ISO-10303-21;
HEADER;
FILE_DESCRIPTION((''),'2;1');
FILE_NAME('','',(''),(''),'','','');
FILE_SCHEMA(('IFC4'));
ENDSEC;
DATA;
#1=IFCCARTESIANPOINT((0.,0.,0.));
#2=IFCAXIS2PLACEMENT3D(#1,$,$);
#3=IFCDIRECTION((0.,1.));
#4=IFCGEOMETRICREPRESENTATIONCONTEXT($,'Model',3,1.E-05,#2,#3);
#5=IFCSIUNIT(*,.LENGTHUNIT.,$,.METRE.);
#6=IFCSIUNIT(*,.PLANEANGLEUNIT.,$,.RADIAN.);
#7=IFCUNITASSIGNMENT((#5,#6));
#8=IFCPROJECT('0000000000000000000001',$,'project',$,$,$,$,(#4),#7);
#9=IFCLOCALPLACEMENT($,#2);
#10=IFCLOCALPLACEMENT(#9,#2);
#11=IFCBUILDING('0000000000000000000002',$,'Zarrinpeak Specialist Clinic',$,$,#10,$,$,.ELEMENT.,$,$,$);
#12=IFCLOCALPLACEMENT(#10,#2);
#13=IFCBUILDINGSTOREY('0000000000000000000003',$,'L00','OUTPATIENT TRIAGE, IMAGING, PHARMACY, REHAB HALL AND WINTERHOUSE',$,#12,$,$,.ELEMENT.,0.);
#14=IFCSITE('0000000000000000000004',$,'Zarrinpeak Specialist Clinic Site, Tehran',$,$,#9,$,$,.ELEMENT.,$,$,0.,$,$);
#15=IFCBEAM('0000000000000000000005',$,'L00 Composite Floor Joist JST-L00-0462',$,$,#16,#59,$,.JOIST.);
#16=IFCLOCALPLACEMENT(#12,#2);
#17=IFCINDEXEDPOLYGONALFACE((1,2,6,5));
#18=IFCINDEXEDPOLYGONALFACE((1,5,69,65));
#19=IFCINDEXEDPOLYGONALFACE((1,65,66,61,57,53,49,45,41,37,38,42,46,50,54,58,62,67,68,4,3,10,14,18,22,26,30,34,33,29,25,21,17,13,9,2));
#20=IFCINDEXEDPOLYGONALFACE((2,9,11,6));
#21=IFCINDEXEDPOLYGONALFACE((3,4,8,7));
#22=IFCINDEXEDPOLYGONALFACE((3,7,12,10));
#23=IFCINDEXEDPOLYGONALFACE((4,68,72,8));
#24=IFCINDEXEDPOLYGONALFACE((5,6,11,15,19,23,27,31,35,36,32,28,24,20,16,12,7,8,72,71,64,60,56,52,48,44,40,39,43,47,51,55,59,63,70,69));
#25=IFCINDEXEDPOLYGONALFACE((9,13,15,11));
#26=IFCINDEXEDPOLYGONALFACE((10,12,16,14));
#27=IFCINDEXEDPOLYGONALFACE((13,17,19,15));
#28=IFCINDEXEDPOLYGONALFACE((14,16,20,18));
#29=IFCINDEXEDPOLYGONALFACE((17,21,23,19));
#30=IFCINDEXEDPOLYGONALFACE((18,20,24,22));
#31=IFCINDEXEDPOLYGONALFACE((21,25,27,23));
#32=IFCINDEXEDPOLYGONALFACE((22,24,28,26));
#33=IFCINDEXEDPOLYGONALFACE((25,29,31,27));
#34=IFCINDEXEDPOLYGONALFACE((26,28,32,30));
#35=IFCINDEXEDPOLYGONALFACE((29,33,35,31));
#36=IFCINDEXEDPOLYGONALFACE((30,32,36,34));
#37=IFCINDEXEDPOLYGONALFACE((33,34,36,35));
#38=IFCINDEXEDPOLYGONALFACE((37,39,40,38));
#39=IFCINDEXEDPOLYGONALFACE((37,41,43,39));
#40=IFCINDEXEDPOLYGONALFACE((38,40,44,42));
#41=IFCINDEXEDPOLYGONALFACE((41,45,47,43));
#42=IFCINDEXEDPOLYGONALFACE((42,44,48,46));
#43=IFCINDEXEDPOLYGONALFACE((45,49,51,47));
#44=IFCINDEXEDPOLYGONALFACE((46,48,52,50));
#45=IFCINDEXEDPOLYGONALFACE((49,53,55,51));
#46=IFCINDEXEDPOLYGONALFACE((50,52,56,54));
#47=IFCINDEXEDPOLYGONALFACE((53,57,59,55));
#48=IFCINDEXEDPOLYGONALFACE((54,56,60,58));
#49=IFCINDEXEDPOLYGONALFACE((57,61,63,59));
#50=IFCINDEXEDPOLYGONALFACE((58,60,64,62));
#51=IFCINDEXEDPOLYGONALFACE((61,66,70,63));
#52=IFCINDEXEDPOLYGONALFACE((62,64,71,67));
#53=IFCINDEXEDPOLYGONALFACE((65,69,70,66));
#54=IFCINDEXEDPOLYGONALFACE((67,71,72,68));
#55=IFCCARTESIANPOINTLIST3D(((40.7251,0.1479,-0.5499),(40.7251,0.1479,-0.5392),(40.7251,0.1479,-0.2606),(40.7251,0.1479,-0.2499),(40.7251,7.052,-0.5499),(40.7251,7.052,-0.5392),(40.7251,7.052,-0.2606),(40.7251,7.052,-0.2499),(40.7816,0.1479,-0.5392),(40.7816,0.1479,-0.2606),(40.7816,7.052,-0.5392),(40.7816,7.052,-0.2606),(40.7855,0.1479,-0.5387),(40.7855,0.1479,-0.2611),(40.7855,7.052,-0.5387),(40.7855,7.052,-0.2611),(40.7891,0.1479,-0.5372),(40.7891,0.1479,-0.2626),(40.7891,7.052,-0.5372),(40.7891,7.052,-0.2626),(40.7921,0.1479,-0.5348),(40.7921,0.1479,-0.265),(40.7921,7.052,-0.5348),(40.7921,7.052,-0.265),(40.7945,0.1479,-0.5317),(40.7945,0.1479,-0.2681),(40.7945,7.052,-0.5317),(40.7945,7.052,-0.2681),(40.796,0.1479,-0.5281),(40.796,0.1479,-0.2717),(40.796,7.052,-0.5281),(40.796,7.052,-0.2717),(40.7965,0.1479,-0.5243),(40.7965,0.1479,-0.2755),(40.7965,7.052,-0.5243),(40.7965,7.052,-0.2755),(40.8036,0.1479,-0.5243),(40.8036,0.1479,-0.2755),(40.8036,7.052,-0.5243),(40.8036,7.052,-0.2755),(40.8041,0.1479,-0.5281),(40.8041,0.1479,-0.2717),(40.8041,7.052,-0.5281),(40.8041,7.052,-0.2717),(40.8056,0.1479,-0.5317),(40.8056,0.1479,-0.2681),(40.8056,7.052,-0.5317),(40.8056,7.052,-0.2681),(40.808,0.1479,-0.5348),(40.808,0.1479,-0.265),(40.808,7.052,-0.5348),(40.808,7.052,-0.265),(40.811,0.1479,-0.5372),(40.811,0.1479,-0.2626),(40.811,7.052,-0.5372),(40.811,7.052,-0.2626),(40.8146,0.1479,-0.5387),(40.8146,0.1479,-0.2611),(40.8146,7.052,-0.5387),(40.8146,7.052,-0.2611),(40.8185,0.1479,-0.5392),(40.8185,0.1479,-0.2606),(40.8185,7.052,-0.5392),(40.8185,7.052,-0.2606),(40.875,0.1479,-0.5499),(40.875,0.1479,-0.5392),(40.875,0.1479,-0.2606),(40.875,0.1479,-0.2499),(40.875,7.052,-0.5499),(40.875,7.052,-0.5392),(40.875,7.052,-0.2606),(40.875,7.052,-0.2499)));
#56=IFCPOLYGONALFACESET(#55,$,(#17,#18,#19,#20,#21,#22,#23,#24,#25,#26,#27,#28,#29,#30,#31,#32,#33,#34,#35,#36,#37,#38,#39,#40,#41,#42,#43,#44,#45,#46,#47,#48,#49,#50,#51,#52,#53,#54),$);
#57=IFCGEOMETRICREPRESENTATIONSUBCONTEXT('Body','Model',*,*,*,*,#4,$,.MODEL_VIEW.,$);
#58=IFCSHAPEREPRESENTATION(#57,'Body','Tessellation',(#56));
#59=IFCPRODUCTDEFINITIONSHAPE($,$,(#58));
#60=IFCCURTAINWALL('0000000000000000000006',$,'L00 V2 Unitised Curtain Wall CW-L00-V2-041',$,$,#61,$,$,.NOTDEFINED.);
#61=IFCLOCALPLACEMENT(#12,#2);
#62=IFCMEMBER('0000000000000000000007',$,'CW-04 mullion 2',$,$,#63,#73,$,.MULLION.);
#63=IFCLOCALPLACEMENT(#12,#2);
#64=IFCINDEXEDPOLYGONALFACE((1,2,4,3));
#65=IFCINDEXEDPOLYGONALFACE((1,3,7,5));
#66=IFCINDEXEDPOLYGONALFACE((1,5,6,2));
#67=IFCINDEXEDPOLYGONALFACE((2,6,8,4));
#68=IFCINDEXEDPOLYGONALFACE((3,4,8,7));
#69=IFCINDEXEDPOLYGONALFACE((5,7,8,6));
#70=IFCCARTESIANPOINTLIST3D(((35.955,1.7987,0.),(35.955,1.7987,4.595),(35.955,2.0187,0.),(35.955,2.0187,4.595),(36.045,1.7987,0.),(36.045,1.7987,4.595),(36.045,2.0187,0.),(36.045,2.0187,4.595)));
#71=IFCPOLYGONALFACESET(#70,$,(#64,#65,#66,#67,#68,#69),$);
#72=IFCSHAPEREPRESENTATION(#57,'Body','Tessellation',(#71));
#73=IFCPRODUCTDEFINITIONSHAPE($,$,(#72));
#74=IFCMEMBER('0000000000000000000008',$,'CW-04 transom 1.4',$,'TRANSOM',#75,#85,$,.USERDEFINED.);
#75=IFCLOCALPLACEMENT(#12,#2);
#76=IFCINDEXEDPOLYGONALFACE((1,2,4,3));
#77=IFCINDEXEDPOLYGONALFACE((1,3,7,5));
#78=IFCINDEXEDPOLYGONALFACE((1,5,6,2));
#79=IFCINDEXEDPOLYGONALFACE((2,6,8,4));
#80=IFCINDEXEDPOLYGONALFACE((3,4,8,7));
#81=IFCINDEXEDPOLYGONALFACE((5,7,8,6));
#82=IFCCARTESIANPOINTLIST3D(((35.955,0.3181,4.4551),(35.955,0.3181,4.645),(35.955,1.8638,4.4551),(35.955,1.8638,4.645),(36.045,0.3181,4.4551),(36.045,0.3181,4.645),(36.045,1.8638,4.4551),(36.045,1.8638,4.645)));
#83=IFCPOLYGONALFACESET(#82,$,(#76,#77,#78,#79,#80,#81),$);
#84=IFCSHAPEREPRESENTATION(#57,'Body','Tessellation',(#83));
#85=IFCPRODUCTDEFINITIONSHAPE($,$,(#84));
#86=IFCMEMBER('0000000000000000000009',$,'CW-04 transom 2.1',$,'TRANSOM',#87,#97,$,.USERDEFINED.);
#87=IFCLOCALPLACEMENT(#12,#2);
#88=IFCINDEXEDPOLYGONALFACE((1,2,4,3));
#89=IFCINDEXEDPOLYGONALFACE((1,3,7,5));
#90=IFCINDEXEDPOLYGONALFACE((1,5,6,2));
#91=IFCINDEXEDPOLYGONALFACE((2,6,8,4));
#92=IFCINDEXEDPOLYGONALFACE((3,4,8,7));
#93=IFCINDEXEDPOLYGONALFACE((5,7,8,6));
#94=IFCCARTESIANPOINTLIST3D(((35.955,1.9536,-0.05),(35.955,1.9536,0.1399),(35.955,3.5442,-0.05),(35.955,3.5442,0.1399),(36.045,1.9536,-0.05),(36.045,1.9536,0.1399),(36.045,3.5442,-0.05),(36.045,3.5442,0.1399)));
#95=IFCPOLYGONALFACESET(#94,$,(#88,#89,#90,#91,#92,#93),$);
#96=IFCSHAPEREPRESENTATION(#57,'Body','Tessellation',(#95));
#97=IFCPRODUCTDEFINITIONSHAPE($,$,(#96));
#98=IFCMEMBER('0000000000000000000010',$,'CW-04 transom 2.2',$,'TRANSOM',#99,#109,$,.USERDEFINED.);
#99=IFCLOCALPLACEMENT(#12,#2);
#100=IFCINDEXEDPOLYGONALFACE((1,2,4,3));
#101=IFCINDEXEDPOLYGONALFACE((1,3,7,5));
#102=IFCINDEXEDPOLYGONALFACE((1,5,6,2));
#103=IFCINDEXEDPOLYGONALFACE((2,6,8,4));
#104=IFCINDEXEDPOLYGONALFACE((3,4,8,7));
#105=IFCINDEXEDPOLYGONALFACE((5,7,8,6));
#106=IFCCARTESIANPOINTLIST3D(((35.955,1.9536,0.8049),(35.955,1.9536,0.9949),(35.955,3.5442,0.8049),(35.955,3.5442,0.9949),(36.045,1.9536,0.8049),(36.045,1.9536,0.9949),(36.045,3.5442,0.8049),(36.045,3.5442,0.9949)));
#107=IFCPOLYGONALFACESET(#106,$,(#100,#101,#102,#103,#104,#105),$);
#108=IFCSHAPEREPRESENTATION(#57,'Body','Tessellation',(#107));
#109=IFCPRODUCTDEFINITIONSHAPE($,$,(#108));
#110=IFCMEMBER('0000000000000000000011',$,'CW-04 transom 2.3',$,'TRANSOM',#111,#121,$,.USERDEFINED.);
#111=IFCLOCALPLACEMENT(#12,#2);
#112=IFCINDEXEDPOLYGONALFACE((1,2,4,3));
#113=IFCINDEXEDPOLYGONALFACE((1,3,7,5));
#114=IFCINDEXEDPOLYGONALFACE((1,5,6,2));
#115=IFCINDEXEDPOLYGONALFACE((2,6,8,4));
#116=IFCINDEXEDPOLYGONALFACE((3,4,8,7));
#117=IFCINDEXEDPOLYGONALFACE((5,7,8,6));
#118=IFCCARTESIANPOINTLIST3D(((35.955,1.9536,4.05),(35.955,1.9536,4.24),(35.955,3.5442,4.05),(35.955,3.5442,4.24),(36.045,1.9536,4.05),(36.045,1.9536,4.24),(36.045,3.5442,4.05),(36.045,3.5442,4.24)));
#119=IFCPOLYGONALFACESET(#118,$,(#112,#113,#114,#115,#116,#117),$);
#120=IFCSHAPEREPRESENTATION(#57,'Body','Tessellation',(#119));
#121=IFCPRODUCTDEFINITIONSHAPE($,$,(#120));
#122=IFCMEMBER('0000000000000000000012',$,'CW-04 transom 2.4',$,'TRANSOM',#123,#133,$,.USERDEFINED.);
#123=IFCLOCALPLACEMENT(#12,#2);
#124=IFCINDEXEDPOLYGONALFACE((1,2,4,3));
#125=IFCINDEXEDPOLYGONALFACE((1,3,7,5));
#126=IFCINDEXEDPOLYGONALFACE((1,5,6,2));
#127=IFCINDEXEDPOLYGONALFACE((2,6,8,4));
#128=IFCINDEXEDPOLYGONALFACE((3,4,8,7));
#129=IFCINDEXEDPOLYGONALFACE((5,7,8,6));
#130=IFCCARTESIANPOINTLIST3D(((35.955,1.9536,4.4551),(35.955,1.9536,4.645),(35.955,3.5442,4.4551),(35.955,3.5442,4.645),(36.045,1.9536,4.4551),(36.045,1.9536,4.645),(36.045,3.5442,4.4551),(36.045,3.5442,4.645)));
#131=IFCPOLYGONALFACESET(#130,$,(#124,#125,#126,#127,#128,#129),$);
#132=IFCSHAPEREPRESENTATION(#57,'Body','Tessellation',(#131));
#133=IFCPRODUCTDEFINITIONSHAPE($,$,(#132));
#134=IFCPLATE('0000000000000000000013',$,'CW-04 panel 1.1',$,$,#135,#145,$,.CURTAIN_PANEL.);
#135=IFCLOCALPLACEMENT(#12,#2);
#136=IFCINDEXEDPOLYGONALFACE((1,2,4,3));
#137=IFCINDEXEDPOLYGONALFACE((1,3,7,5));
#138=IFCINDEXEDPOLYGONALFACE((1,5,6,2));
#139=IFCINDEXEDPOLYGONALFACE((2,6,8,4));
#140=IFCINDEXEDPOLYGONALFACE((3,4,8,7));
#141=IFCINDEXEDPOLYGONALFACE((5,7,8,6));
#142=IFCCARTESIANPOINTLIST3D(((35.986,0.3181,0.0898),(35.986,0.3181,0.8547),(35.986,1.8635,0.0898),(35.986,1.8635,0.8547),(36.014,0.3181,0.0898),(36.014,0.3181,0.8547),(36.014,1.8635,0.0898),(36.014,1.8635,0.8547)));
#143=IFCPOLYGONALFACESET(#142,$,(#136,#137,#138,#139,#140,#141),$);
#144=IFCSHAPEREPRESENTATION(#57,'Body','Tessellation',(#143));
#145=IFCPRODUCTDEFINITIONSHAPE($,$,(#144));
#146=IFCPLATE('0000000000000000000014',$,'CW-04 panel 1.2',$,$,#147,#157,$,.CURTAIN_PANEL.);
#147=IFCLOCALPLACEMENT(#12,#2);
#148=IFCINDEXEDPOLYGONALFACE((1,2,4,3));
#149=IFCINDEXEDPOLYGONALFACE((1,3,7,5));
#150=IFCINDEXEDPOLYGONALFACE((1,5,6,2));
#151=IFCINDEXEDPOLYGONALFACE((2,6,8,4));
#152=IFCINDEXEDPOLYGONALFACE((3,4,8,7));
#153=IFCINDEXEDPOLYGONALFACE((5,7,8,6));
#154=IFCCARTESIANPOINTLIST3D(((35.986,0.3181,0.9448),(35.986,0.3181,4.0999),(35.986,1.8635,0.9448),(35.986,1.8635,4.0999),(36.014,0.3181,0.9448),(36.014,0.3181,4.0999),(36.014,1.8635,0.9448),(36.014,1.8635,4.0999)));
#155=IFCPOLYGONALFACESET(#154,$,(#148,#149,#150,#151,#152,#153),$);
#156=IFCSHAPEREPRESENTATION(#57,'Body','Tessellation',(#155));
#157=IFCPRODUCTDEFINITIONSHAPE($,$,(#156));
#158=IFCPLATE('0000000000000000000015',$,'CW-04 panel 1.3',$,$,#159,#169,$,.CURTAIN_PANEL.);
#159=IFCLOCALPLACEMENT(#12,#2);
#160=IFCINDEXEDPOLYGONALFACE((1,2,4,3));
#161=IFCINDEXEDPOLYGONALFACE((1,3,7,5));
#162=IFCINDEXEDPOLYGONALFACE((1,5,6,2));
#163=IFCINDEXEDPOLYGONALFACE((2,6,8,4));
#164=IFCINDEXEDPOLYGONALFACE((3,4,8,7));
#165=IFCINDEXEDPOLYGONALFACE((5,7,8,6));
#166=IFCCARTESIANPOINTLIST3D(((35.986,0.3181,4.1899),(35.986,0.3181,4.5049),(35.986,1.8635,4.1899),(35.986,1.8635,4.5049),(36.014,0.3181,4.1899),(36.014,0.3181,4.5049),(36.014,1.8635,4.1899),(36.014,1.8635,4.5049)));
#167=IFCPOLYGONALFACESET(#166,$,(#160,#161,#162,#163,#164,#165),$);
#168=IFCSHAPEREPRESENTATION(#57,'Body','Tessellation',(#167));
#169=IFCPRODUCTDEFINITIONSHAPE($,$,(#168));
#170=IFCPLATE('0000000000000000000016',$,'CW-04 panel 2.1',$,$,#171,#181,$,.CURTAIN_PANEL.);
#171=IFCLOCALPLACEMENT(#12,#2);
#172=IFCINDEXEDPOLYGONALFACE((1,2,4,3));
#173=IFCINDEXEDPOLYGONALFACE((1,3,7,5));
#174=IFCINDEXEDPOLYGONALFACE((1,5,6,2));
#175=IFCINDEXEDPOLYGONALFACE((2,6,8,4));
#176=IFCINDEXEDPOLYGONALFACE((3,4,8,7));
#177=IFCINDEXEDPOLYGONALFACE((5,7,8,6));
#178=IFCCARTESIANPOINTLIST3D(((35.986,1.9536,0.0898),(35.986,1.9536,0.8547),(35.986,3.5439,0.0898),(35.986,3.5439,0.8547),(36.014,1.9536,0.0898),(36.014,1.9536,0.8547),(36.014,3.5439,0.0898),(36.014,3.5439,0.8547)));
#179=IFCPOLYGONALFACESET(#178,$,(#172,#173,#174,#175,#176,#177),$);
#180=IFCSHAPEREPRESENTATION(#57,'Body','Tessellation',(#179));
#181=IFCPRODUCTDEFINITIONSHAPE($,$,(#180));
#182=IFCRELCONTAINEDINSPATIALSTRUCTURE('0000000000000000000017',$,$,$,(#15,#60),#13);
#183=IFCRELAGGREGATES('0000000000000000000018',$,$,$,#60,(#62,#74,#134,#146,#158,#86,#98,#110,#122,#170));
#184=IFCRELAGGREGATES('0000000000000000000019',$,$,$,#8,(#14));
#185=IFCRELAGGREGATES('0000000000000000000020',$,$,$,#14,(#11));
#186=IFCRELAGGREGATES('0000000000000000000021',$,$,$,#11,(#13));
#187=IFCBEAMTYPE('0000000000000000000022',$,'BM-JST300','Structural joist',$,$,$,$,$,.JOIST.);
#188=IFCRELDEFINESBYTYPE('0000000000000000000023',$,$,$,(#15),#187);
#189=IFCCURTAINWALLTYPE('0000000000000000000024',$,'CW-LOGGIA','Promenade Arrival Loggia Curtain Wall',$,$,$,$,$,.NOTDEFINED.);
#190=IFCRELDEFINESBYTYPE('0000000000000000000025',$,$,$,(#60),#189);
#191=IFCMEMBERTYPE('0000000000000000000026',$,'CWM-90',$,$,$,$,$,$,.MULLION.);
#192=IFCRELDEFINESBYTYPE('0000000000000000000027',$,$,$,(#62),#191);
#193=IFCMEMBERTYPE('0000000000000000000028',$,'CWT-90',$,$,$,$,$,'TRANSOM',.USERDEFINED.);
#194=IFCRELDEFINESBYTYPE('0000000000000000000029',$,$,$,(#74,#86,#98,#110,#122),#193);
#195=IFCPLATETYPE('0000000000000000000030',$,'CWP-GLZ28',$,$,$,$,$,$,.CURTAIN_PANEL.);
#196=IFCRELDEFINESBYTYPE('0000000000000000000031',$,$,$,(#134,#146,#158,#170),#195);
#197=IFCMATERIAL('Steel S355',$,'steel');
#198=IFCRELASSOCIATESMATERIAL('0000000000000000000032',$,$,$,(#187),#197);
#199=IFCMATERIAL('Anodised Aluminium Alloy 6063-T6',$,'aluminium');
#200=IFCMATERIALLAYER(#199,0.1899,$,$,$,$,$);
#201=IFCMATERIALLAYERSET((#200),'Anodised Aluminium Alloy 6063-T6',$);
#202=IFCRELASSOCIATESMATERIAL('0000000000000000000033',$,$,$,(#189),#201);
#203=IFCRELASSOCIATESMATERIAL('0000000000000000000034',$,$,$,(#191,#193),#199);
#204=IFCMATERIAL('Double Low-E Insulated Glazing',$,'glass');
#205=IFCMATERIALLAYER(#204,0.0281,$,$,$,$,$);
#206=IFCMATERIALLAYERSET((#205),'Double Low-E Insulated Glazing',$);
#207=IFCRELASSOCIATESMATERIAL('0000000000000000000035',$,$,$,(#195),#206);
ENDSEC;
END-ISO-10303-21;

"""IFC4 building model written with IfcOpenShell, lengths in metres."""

from ifc_helpers import new_model, si_unit, direction, frame, origin, origin_2d, place, context, subcontext, project, spatial, rectangle, i_section, extrude, material, layer, layer_set, material_profile, profile_set, type_object, element, aggregate, save


model = new_model("IFC4")

# Units and contexts
model_context = context("Model", 3, precision=1e-05, world=origin(), true_north=direction((0.0, 1.0)))
body_context = subcontext(model_context, "Body", "Model", "MODEL_VIEW")
ifc_project = project(units=[si_unit("LENGTHUNIT", "METRE"), si_unit("PLANEANGLEUNIT", "RADIAN")], contexts=[model_context])

# Site, building, storey
site_placement = place(None, origin())
site = spatial("IfcSite", under=ifc_project, at=site_placement, Name="Zarrinpeak Specialist Clinic Site, Tehran", CompositionType="ELEMENT", RefElevation=0.0)
building_placement = place(site_placement, origin())
building = spatial("IfcBuilding", under=site, at=building_placement, Name="Zarrinpeak Specialist Clinic", CompositionType="ELEMENT")
storey_placement = place(building_placement, origin())
storey = spatial("IfcBuildingStorey", under=building, at=storey_placement, Name="L00", Description="OUTPATIENT TRIAGE, IMAGING, PHARMACY, REHAB HALL AND WINTERHOUSE", CompositionType="ELEMENT", Elevation=0.0)

# Shared definitions
ifc_material_1 = material(Name="Steel S355", Category="steel")

# Beam
ifc_material_profile_1 = material_profile(ifc_material_1, i_section(OverallWidth=0.1499, OverallDepth=0.3, WebThickness=0.0071, FlangeThickness=0.0107, FilletRadius=0.0149, at=origin_2d()), Name="IPE 300")
ifc_profile_set_1 = profile_set([ifc_material_profile_1], Name="Steel S355")
beam_type_1 = type_object("IfcBeamType", Name="BM-JST300", Description="Structural joist", PredefinedType="JOIST", material=ifc_profile_set_1)
for number, where, z_axis, x_axis, name in (
    (1, (40.8, 0.1479, -0.3999), (0.0, 1.0, 0.0), (-1.0, 0.0, 0.0), "L00 Composite Floor Joist JST-L00-0462"),
):
    element("IfcBeam", number, at=place(storey_placement, frame(where, z_axis=z_axis, x_axis=x_axis)), inside=storey, type_object=beam_type_1, Name=name, PredefinedType="JOIST", context=body_context, shape_type="SweptSolid", body=[
        extrude(i_section(OverallWidth=0.1499, OverallDepth=0.3, WebThickness=0.0071, FlangeThickness=0.0107, FilletRadius=0.0149, at=origin_2d()), origin(), (0.0, 0.0, 1.0), 6.9041),
    ])

# Curtain wall, members, plates
ifc_material_2 = material(Name="Anodised Aluminium Alloy 6063-T6", Category="aluminium")
ifc_layer_1 = layer(ifc_material_2, 0.1899)
ifc_layer_set_1 = layer_set([ifc_layer_1], Name="Anodised Aluminium Alloy 6063-T6")
curtain_wall_type = type_object("IfcCurtainWallType", Name="CW-LOGGIA", Description="Promenade Arrival Loggia Curtain Wall", PredefinedType="NOTDEFINED", material=ifc_layer_set_1)
curtain_wall_placement = place(storey_placement, origin())
curtain_wall = element("IfcCurtainWall", 2, at=curtain_wall_placement, inside=storey, type_object=curtain_wall_type, Name="L00 V2 Unitised Curtain Wall CW-L00-V2-041", PredefinedType="NOTDEFINED")
ifc_material_profile_2 = material_profile(ifc_material_2, rectangle(XDim=0.0901, YDim=0.22, at=origin_2d()), Name="ALU 90x220")
ifc_profile_set_2 = profile_set([ifc_material_profile_2], Name="Anodised Aluminium Alloy 6063-T6")
member_type_1 = type_object("IfcMemberType", Name="CWM-90", PredefinedType="MULLION", material=ifc_profile_set_2)
member_1_placement = place(storey_placement, frame((36.0, 1.9087, 0.0), z_axis=(0.0, 0.0, 1.0), x_axis=(-1.0, 0.0, 0.0)))
member_1 = element("IfcMember", 3, at=member_1_placement, type_object=member_type_1, Name="CW-04 mullion 2", PredefinedType="MULLION", context=body_context, shape_type="SweptSolid", body=[
    extrude(rectangle(XDim=0.0901, YDim=0.22, at=origin_2d()), origin(), (0.0, 0.0, 1.0), 4.595),
])
ifc_material_profile_3 = material_profile(ifc_material_2, rectangle(XDim=0.0901, YDim=0.1899, at=origin_2d()), Name="ALU 90x190")
ifc_profile_set_3 = profile_set([ifc_material_profile_3], Name="Anodised Aluminium Alloy 6063-T6")
member_type_2 = type_object("IfcMemberType", Name="CWT-90", ElementType="TRANSOM", PredefinedType="USERDEFINED", material=ifc_profile_set_3)
member_2_placement = place(storey_placement, frame((36.0, 0.3181, 4.55), z_axis=(0.0, 1.0, 0.0), x_axis=(-1.0, 0.0, 0.0)))
member_2 = element("IfcMember", 4, at=member_2_placement, type_object=member_type_2, Name="CW-04 transom 1.4", ObjectType="TRANSOM", PredefinedType="USERDEFINED", context=body_context, shape_type="SweptSolid", body=[
    extrude(rectangle(XDim=0.0901, YDim=0.1899, at=origin_2d()), origin(), (0.0, 0.0, 1.0), 1.5457),
])
member_3_placement = place(storey_placement, frame((36.0, 1.9536, 0.0449), z_axis=(0.0, 1.0, 0.0), x_axis=(-1.0, 0.0, 0.0)))
member_3 = element("IfcMember", 5, at=member_3_placement, type_object=member_type_2, Name="CW-04 transom 2.1", ObjectType="TRANSOM", PredefinedType="USERDEFINED", context=body_context, shape_type="SweptSolid", body=[
    extrude(rectangle(XDim=0.0901, YDim=0.1899, at=origin_2d()), origin(), (0.0, 0.0, 1.0), 1.5906),
])
member_4_placement = place(storey_placement, frame((36.0, 1.9536, 0.8999), z_axis=(0.0, 1.0, 0.0), x_axis=(-1.0, 0.0, 0.0)))
member_4 = element("IfcMember", 6, at=member_4_placement, type_object=member_type_2, Name="CW-04 transom 2.2", ObjectType="TRANSOM", PredefinedType="USERDEFINED", context=body_context, shape_type="SweptSolid", body=[
    extrude(rectangle(XDim=0.0901, YDim=0.1899, at=origin_2d()), origin(), (0.0, 0.0, 1.0), 1.5906),
])
member_5_placement = place(storey_placement, frame((36.0, 1.9536, 4.145), z_axis=(0.0, 1.0, 0.0), x_axis=(-1.0, 0.0, 0.0)))
member_5 = element("IfcMember", 7, at=member_5_placement, type_object=member_type_2, Name="CW-04 transom 2.3", ObjectType="TRANSOM", PredefinedType="USERDEFINED", context=body_context, shape_type="SweptSolid", body=[
    extrude(rectangle(XDim=0.0901, YDim=0.1899, at=origin_2d()), origin(), (0.0, 0.0, 1.0), 1.5906),
])
member_6_placement = place(storey_placement, frame((36.0, 1.9536, 4.55), z_axis=(0.0, 1.0, 0.0), x_axis=(-1.0, 0.0, 0.0)))
member_6 = element("IfcMember", 8, at=member_6_placement, type_object=member_type_2, Name="CW-04 transom 2.4", ObjectType="TRANSOM", PredefinedType="USERDEFINED", context=body_context, shape_type="SweptSolid", body=[
    extrude(rectangle(XDim=0.0901, YDim=0.1899, at=origin_2d()), origin(), (0.0, 0.0, 1.0), 1.5906),
])
ifc_material_3 = material(Name="Double Low-E Insulated Glazing", Category="glass")
ifc_layer_2 = layer(ifc_material_3, 0.0281)
ifc_layer_set_2 = layer_set([ifc_layer_2], Name="Double Low-E Insulated Glazing")
plate_type_1 = type_object("IfcPlateType", Name="CWP-GLZ28", PredefinedType="CURTAIN_PANEL", material=ifc_layer_set_2)
plate_1_placement = place(storey_placement, frame((36.0, 1.0908, 0.0898), z_axis=(0.0, 0.0, 1.0), x_axis=(0.0, 1.0, 0.0)))
plate_1 = element("IfcPlate", 9, at=plate_1_placement, type_object=plate_type_1, Name="CW-04 panel 1.1", PredefinedType="CURTAIN_PANEL", context=body_context, shape_type="SweptSolid", body=[
    extrude(rectangle(XDim=1.5454, YDim=0.0281, at=origin_2d()), origin(), (0.0, 0.0, 1.0), 0.7649),
])
plate_2_placement = place(storey_placement, frame((36.0, 1.0908, 0.9448), z_axis=(0.0, 0.0, 1.0), x_axis=(0.0, 1.0, 0.0)))
plate_2 = element("IfcPlate", 10, at=plate_2_placement, type_object=plate_type_1, Name="CW-04 panel 1.2", PredefinedType="CURTAIN_PANEL", context=body_context, shape_type="SweptSolid", body=[
    extrude(rectangle(XDim=1.5454, YDim=0.0281, at=origin_2d()), origin(), (0.0, 0.0, 1.0), 3.155),
])
plate_3_placement = place(storey_placement, frame((36.0, 1.0908, 4.1899), z_axis=(0.0, 0.0, 1.0), x_axis=(0.0, 1.0, 0.0)))
plate_3 = element("IfcPlate", 11, at=plate_3_placement, type_object=plate_type_1, Name="CW-04 panel 1.3", PredefinedType="CURTAIN_PANEL", context=body_context, shape_type="SweptSolid", body=[
    extrude(rectangle(XDim=1.5454, YDim=0.0281, at=origin_2d()), origin(), (0.0, 0.0, 1.0), 0.3149),
])
plate_4_placement = place(storey_placement, frame((36.0, 2.7488, 0.0898), z_axis=(0.0, 0.0, 1.0), x_axis=(0.0, 1.0, 0.0)))
plate_4 = element("IfcPlate", 12, at=plate_4_placement, type_object=plate_type_1, Name="CW-04 panel 2.1", PredefinedType="CURTAIN_PANEL", context=body_context, shape_type="SweptSolid", body=[
    extrude(rectangle(XDim=1.5903, YDim=0.0281, at=origin_2d()), origin(), (0.0, 0.0, 1.0), 0.7649),
])
aggregate(curtain_wall, [member_1, member_2, plate_1, plate_2, plate_3, member_3, member_4, member_5, member_6, plate_4])

save(model, "model.ifc")
